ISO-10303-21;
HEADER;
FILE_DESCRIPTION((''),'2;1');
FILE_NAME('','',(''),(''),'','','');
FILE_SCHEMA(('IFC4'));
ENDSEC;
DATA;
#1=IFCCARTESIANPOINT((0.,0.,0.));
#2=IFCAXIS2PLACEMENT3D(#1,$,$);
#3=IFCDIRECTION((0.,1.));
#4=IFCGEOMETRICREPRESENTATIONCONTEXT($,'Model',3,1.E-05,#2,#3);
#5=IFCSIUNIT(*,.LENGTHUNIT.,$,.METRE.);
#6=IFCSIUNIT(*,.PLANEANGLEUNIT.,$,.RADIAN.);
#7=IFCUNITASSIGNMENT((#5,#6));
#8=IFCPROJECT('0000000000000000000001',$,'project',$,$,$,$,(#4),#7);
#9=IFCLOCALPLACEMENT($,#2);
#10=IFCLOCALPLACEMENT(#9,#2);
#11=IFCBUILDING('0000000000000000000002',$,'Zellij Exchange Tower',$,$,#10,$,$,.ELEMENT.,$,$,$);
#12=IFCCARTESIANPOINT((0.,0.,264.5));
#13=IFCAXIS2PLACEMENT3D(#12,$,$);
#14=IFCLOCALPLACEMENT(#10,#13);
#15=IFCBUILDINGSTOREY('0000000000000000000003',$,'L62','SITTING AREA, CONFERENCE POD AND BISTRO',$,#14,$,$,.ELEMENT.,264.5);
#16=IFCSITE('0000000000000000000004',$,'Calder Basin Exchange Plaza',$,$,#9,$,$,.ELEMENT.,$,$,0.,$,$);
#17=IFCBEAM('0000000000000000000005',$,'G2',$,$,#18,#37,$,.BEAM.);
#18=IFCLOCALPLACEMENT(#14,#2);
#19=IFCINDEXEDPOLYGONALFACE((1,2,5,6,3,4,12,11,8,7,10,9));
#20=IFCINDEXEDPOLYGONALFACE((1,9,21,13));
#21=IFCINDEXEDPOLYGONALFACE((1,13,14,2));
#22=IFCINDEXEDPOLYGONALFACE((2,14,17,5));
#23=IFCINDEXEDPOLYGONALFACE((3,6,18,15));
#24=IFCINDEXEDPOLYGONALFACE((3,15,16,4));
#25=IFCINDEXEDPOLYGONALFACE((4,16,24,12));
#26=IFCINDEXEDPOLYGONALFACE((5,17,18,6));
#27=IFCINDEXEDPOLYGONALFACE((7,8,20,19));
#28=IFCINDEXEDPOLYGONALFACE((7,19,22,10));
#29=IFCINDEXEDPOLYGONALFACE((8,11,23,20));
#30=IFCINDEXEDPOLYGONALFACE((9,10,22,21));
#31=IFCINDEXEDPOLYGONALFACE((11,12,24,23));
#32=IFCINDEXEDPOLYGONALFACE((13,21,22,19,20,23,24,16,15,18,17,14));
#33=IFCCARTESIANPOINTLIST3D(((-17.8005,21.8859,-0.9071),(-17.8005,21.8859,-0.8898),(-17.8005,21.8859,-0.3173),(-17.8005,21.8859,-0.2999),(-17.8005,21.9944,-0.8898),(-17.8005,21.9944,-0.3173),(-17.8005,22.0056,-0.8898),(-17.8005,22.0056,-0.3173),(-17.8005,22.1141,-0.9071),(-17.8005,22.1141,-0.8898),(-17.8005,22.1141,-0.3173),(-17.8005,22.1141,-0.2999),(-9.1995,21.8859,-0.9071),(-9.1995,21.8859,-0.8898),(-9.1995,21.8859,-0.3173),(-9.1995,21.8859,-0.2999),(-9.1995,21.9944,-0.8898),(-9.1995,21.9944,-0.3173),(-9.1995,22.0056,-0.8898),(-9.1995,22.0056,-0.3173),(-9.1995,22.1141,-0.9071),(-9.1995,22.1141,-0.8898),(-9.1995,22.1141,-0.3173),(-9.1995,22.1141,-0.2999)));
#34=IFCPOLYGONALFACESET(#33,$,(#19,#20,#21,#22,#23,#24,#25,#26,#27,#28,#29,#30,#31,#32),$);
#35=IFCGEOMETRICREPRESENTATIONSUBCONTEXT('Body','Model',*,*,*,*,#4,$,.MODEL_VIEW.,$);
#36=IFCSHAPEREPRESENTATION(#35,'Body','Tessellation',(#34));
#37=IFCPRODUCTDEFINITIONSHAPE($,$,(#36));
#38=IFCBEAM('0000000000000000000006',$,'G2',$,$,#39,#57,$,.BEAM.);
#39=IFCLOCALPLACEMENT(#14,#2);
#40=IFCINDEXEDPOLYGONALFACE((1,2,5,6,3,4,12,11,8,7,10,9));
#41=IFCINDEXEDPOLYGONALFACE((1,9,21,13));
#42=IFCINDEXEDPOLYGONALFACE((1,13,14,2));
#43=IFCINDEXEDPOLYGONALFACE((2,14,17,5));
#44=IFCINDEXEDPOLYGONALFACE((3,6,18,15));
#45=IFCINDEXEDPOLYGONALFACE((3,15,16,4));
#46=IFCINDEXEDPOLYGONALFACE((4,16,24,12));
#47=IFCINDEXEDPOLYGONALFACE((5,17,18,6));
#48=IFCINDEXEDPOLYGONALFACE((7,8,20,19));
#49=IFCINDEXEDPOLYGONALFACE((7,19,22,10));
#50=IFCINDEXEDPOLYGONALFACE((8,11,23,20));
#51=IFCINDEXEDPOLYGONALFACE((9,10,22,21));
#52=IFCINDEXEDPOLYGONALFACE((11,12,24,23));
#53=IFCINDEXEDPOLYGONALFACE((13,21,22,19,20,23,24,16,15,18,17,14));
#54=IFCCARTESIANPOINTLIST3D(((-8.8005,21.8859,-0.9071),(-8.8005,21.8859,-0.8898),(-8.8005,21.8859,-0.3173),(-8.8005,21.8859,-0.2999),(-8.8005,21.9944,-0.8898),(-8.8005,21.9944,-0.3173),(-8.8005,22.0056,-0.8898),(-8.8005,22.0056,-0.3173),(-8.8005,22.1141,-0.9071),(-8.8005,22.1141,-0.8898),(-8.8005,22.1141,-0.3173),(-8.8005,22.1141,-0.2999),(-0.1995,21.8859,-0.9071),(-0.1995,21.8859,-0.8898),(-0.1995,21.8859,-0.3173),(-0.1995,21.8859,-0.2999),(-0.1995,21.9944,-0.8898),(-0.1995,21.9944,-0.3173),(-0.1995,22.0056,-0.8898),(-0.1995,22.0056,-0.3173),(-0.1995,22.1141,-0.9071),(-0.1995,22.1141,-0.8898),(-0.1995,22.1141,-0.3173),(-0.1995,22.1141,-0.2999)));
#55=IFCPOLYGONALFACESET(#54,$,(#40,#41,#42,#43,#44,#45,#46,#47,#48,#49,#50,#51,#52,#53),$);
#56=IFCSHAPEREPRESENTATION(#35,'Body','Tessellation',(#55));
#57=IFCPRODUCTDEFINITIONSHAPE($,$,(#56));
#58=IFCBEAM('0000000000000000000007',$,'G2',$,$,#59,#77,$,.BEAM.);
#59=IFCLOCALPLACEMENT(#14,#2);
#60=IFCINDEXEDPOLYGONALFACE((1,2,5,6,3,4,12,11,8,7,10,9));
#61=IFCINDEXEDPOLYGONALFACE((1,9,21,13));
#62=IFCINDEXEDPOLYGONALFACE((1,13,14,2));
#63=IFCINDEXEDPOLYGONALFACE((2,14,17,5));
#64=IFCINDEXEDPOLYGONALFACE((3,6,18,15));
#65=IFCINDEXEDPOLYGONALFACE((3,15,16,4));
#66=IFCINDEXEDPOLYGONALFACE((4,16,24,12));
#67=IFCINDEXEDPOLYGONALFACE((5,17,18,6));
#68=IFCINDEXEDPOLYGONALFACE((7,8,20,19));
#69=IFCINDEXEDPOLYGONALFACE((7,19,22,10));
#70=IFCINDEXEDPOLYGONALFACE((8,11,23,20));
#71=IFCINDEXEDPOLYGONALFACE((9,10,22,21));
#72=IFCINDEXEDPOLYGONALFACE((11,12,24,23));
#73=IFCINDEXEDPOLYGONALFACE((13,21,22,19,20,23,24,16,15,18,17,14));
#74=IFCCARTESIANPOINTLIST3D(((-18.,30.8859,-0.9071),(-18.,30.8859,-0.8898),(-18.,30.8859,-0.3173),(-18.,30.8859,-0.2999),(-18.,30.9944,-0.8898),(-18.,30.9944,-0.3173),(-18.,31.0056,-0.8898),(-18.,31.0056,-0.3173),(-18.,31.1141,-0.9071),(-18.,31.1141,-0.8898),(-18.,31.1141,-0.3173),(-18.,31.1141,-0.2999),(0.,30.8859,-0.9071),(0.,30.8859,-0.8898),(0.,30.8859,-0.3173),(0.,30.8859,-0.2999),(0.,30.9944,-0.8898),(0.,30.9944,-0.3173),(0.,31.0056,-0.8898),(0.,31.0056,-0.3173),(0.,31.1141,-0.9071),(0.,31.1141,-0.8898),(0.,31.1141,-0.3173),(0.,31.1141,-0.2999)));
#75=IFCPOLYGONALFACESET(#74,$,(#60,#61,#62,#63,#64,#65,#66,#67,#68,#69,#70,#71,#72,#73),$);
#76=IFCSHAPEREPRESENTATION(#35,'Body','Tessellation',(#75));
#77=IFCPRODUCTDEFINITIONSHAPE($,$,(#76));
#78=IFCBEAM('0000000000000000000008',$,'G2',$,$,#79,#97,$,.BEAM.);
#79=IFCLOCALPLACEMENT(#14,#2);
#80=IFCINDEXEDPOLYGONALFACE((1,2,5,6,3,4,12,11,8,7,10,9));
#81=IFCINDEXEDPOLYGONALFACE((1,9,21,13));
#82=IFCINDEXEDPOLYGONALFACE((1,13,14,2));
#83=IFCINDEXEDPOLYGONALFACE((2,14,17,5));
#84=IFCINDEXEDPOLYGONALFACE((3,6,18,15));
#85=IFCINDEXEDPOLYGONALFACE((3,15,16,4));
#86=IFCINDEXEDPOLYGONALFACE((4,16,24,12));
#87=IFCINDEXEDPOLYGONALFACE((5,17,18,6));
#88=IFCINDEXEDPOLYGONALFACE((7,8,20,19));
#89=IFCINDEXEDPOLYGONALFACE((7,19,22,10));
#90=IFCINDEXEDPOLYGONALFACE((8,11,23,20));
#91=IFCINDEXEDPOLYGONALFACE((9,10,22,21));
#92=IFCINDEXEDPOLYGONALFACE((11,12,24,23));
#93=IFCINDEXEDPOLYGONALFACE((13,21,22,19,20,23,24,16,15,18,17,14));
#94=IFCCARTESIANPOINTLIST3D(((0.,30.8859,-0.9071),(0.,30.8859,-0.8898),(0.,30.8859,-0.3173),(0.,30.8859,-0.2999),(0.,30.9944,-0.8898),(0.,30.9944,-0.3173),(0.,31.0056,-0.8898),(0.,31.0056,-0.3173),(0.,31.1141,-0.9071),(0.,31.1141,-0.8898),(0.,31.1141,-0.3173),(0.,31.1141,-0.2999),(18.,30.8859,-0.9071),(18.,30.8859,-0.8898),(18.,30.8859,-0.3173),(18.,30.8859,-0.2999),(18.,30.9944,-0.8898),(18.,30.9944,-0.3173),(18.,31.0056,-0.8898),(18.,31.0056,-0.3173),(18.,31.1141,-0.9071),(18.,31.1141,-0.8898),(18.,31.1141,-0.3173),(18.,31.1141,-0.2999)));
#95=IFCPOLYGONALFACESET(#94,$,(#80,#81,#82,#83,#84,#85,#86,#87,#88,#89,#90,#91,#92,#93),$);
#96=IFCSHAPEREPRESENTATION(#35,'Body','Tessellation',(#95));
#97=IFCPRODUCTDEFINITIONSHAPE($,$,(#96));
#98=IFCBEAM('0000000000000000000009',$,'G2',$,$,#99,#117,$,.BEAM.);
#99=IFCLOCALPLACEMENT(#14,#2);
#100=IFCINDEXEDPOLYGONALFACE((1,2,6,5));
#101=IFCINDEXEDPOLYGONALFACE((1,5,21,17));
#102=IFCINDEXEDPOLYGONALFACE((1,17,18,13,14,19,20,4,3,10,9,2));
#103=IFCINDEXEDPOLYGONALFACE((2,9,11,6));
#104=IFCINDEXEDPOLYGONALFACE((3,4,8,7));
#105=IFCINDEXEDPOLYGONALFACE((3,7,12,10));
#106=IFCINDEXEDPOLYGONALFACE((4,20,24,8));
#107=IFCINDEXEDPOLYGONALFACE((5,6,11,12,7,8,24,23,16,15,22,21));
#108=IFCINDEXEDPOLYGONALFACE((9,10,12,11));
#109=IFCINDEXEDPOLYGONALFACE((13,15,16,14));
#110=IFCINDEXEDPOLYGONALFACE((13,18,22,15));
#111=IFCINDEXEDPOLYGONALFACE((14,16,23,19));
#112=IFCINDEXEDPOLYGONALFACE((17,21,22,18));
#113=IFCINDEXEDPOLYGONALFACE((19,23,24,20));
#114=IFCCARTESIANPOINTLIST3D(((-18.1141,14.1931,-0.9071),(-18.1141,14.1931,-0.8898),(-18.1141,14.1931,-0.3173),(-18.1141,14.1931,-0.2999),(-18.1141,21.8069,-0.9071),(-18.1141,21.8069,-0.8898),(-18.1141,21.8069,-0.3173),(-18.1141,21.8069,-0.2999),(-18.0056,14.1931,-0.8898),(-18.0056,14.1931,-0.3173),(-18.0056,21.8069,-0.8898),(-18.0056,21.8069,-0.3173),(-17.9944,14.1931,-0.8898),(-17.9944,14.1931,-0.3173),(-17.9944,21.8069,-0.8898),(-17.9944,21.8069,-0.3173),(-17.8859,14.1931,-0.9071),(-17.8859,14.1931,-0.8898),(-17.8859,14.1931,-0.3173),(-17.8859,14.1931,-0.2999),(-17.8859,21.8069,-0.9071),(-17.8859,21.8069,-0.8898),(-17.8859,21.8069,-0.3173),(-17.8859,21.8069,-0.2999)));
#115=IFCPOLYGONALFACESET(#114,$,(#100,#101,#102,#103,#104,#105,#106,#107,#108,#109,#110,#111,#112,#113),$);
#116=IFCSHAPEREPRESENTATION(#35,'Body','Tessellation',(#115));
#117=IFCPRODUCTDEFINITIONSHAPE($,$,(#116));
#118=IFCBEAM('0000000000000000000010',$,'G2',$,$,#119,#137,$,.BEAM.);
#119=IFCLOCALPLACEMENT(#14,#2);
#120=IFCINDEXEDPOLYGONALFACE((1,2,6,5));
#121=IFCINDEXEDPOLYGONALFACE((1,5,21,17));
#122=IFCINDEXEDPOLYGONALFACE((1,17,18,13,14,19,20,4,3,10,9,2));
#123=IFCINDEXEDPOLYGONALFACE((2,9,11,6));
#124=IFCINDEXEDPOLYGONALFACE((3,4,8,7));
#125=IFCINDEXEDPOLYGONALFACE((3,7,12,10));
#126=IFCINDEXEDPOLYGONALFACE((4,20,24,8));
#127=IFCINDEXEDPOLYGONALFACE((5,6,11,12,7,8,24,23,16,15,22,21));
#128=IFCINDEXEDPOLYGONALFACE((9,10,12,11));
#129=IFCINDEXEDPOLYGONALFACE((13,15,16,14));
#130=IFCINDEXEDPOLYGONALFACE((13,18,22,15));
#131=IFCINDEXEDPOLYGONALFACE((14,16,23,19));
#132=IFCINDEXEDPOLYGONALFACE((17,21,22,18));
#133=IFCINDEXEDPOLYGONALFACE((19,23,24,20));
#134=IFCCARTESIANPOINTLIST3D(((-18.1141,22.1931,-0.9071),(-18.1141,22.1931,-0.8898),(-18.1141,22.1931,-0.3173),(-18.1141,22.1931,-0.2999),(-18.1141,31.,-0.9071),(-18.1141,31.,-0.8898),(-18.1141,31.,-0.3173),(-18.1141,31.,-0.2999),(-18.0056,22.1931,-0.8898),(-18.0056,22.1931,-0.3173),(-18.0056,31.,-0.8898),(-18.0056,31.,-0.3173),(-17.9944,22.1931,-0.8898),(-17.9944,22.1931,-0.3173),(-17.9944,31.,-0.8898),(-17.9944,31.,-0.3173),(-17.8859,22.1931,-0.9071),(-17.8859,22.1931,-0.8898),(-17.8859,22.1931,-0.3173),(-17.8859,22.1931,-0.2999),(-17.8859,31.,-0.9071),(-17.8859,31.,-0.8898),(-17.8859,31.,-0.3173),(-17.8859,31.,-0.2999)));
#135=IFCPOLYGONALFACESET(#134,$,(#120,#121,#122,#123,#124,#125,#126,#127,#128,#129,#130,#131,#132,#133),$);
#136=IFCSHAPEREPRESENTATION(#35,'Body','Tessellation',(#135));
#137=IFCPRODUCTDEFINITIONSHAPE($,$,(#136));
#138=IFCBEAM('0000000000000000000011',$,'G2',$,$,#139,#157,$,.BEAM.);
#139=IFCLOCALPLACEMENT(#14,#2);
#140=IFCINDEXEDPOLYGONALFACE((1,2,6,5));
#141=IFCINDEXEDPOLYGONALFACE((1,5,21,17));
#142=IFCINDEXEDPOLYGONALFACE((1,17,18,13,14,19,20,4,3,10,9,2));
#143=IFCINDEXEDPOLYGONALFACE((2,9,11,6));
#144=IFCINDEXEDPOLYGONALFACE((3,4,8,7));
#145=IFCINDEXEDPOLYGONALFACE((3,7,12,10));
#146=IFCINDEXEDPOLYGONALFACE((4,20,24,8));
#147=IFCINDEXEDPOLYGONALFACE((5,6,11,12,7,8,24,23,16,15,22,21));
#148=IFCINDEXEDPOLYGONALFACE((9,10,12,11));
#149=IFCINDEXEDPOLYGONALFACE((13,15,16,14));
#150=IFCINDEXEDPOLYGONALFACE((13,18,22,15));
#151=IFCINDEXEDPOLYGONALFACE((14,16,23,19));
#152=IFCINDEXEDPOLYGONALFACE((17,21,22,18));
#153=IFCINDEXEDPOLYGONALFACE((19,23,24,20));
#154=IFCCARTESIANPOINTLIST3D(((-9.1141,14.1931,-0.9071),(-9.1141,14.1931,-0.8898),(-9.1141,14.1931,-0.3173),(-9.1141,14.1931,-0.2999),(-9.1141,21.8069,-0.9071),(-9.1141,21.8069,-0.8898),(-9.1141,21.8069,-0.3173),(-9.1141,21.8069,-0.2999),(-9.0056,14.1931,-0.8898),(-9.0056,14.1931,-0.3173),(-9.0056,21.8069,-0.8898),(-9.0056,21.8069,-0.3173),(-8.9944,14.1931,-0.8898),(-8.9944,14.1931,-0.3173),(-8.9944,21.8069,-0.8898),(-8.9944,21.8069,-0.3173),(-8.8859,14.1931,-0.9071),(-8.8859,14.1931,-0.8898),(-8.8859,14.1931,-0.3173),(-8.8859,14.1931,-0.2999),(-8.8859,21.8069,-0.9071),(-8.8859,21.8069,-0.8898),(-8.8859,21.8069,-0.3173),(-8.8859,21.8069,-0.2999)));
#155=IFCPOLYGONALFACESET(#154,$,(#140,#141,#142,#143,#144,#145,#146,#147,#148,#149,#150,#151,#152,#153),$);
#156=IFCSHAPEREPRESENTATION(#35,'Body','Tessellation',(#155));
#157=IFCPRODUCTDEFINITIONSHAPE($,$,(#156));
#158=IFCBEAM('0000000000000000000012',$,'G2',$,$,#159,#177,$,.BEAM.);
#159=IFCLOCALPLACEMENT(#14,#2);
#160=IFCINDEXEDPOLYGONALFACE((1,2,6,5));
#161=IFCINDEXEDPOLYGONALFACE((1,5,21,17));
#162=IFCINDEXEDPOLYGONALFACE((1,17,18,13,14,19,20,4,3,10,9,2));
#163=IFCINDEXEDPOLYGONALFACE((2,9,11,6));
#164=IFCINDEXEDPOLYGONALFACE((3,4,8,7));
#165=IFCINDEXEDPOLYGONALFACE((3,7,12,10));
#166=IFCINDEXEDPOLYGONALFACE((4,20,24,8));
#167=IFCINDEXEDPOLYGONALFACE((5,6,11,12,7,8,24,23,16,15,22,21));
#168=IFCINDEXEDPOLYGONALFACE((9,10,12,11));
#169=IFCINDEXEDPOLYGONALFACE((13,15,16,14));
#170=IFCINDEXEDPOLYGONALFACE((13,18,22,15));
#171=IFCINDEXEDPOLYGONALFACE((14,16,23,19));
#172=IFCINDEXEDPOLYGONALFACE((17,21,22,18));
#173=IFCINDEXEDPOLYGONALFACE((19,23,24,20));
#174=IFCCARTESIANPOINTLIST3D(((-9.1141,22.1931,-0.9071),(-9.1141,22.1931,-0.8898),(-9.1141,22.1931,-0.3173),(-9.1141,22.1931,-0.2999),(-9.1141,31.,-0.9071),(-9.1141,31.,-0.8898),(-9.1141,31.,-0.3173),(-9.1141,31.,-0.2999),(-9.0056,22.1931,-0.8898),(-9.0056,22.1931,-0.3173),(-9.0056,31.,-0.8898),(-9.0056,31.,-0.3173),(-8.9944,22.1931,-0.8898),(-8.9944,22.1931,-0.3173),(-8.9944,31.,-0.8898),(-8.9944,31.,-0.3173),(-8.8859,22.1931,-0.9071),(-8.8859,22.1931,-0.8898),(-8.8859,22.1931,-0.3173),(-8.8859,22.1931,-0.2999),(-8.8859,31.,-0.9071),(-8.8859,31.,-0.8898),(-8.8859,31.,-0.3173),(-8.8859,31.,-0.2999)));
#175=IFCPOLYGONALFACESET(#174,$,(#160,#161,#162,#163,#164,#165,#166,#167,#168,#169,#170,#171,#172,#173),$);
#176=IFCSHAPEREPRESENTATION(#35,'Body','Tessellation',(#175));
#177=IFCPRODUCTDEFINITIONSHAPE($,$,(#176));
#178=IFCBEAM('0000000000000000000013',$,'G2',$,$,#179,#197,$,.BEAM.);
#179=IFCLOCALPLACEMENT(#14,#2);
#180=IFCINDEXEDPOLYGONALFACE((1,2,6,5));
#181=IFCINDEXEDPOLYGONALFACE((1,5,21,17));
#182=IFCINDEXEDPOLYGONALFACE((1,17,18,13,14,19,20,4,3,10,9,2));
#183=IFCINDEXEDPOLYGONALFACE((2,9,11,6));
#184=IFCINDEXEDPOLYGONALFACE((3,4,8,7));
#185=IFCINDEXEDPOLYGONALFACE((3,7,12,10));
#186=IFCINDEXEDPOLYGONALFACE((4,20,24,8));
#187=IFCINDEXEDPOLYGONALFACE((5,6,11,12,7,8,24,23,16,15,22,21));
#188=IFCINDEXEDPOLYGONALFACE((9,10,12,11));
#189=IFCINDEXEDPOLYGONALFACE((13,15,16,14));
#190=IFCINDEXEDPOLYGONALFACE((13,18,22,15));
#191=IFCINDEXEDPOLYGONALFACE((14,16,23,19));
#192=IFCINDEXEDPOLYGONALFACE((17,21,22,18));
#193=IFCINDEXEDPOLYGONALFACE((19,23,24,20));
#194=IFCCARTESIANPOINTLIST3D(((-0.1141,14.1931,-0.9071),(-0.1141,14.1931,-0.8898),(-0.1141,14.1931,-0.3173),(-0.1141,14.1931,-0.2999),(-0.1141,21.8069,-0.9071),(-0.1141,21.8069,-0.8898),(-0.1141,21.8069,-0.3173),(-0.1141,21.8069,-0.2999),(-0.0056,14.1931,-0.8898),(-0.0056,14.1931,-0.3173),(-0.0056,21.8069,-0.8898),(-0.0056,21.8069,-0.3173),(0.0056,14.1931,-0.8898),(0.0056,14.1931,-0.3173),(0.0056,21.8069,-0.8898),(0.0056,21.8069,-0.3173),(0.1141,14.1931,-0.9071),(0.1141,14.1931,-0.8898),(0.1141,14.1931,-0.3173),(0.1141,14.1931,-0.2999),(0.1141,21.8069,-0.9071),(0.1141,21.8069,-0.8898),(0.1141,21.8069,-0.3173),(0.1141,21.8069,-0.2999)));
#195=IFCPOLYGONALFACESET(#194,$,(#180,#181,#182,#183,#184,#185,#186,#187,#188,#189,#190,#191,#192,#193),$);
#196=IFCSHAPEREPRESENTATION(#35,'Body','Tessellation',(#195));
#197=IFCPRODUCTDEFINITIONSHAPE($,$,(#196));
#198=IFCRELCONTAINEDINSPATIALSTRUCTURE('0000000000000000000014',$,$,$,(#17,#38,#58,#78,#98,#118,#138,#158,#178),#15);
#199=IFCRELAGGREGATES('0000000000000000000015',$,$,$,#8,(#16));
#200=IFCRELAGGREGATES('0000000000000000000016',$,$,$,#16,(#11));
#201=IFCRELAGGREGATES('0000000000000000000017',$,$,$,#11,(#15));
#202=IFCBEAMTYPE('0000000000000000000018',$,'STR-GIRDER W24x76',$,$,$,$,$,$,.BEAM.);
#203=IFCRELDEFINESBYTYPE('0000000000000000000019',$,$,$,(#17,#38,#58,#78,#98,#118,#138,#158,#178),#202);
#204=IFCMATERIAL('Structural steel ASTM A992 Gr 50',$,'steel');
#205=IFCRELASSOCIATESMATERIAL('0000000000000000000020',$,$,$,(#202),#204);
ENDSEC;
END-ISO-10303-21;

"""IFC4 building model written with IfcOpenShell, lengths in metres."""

from ifc_helpers import new_model, si_unit, direction, frame, origin, origin_2d, place, context, subcontext, project, spatial, i_section, extrude, material, material_profile, profile_set, type_object, element, save


model = new_model("IFC4")

# Units and contexts
model_context = context("Model", 3, precision=1e-05, world=origin(), true_north=direction((0.0, 1.0)))
body_context = subcontext(model_context, "Body", "Model", "MODEL_VIEW")
ifc_project = project(units=[si_unit("LENGTHUNIT", "METRE"), si_unit("PLANEANGLEUNIT", "RADIAN")], contexts=[model_context])

# Site, building, storey
site_placement = place(None, origin())
site = spatial("IfcSite", under=ifc_project, at=site_placement, Name="Calder Basin Exchange Plaza", CompositionType="ELEMENT", RefElevation=0.0)
building_placement = place(site_placement, origin())
building = spatial("IfcBuilding", under=site, at=building_placement, Name="Zellij Exchange Tower", CompositionType="ELEMENT")
storey_placement = place(building_placement, frame((0.0, 0.0, 264.5)))
storey = spatial("IfcBuildingStorey", under=building, at=storey_placement, Name="L62", Description="SITTING AREA, CONFERENCE POD AND BISTRO", CompositionType="ELEMENT", Elevation=264.5)

# Shared definitions
ifc_material_1 = material(Name="Structural steel ASTM A992 Gr 50", Category="steel")

# Beams
ifc_material_profile_1 = material_profile(ifc_material_1, i_section(OverallWidth=0.2283, OverallDepth=0.6072, WebThickness=0.0112, FlangeThickness=0.0173, at=origin_2d()), Name="W24x76")
ifc_profile_set_1 = profile_set([ifc_material_profile_1], Name="Structural steel ASTM A992 Gr 50")
beam_type_1 = type_object("IfcBeamType", Name="STR-GIRDER W24x76", PredefinedType="BEAM", material=ifc_profile_set_1)
for number, where, z_axis, x_axis, name in (
    (1, (-17.8005, 22.0, -0.6035), (1.0, 0.0, 0.0), (0.0, 1.0, 0.0), "G2"),
    (2, (-8.8005, 22.0, -0.6035), (1.0, 0.0, 0.0), (0.0, 1.0, 0.0), "G2"),
):
    element("IfcBeam", number, at=place(storey_placement, frame(where, z_axis=z_axis, x_axis=x_axis)), inside=storey, type_object=beam_type_1, Name=name, PredefinedType="BEAM", context=body_context, shape_type="SweptSolid", body=[
        extrude(i_section(OverallWidth=0.2283, OverallDepth=0.6072, WebThickness=0.0112, FlangeThickness=0.0173, at=origin_2d()), origin(), (0.0, 0.0, 1.0), 8.6011),
    ])
for number, where, z_axis, x_axis, name in (
    (3, (-18.0, 31.0, -0.6035), (1.0, 0.0, 0.0), (0.0, 1.0, 0.0), "G2"),
    (4, (0.0, 31.0, -0.6035), (1.0, 0.0, 0.0), (0.0, 1.0, 0.0), "G2"),
):
    element("IfcBeam", number, at=place(storey_placement, frame(where, z_axis=z_axis, x_axis=x_axis)), inside=storey, type_object=beam_type_1, Name=name, PredefinedType="BEAM", context=body_context, shape_type="SweptSolid", body=[
        extrude(i_section(OverallWidth=0.2283, OverallDepth=0.6072, WebThickness=0.0112, FlangeThickness=0.0173, at=origin_2d()), origin(), (0.0, 0.0, 1.0), 18.0),
    ])
beam_1_placement = place(storey_placement, frame((-18.0, 14.1931, -0.6035), z_axis=(0.0, 1.0, 0.0), x_axis=(-1.0, 0.0, 0.0)))
element("IfcBeam", 5, at=beam_1_placement, inside=storey, type_object=beam_type_1, Name="G2", PredefinedType="BEAM", context=body_context, shape_type="SweptSolid", body=[
    extrude(i_section(OverallWidth=0.2283, OverallDepth=0.6072, WebThickness=0.0112, FlangeThickness=0.0173, at=origin_2d()), origin(), (0.0, 0.0, 1.0), 7.6138),
])
beam_2_placement = place(storey_placement, frame((-18.0, 22.1931, -0.6035), z_axis=(0.0, 1.0, 0.0), x_axis=(-1.0, 0.0, 0.0)))
element("IfcBeam", 6, at=beam_2_placement, inside=storey, type_object=beam_type_1, Name="G2", PredefinedType="BEAM", context=body_context, shape_type="SweptSolid", body=[
    extrude(i_section(OverallWidth=0.2283, OverallDepth=0.6072, WebThickness=0.0112, FlangeThickness=0.0173, at=origin_2d()), origin(), (0.0, 0.0, 1.0), 8.8069),
])
beam_3_placement = place(storey_placement, frame((-9.0, 14.1931, -0.6035), z_axis=(0.0, 1.0, 0.0), x_axis=(-1.0, 0.0, 0.0)))
element("IfcBeam", 7, at=beam_3_placement, inside=storey, type_object=beam_type_1, Name="G2", PredefinedType="BEAM", context=body_context, shape_type="SweptSolid", body=[
    extrude(i_section(OverallWidth=0.2283, OverallDepth=0.6072, WebThickness=0.0112, FlangeThickness=0.0173, at=origin_2d()), origin(), (0.0, 0.0, 1.0), 7.6138),
])
beam_4_placement = place(storey_placement, frame((-9.0, 22.1931, -0.6035), z_axis=(0.0, 1.0, 0.0), x_axis=(-1.0, 0.0, 0.0)))
element("IfcBeam", 8, at=beam_4_placement, inside=storey, type_object=beam_type_1, Name="G2", PredefinedType="BEAM", context=body_context, shape_type="SweptSolid", body=[
    extrude(i_section(OverallWidth=0.2283, OverallDepth=0.6072, WebThickness=0.0112, FlangeThickness=0.0173, at=origin_2d()), origin(), (0.0, 0.0, 1.0), 8.8069),
])
beam_5_placement = place(storey_placement, frame((0.0, 14.1931, -0.6035), z_axis=(0.0, 1.0, 0.0), x_axis=(-1.0, 0.0, 0.0)))
element("IfcBeam", 9, at=beam_5_placement, inside=storey, type_object=beam_type_1, Name="G2", PredefinedType="BEAM", context=body_context, shape_type="SweptSolid", body=[
    extrude(i_section(OverallWidth=0.2283, OverallDepth=0.6072, WebThickness=0.0112, FlangeThickness=0.0173, at=origin_2d()), origin(), (0.0, 0.0, 1.0), 7.6138),
])

save(model, "model.ifc")
